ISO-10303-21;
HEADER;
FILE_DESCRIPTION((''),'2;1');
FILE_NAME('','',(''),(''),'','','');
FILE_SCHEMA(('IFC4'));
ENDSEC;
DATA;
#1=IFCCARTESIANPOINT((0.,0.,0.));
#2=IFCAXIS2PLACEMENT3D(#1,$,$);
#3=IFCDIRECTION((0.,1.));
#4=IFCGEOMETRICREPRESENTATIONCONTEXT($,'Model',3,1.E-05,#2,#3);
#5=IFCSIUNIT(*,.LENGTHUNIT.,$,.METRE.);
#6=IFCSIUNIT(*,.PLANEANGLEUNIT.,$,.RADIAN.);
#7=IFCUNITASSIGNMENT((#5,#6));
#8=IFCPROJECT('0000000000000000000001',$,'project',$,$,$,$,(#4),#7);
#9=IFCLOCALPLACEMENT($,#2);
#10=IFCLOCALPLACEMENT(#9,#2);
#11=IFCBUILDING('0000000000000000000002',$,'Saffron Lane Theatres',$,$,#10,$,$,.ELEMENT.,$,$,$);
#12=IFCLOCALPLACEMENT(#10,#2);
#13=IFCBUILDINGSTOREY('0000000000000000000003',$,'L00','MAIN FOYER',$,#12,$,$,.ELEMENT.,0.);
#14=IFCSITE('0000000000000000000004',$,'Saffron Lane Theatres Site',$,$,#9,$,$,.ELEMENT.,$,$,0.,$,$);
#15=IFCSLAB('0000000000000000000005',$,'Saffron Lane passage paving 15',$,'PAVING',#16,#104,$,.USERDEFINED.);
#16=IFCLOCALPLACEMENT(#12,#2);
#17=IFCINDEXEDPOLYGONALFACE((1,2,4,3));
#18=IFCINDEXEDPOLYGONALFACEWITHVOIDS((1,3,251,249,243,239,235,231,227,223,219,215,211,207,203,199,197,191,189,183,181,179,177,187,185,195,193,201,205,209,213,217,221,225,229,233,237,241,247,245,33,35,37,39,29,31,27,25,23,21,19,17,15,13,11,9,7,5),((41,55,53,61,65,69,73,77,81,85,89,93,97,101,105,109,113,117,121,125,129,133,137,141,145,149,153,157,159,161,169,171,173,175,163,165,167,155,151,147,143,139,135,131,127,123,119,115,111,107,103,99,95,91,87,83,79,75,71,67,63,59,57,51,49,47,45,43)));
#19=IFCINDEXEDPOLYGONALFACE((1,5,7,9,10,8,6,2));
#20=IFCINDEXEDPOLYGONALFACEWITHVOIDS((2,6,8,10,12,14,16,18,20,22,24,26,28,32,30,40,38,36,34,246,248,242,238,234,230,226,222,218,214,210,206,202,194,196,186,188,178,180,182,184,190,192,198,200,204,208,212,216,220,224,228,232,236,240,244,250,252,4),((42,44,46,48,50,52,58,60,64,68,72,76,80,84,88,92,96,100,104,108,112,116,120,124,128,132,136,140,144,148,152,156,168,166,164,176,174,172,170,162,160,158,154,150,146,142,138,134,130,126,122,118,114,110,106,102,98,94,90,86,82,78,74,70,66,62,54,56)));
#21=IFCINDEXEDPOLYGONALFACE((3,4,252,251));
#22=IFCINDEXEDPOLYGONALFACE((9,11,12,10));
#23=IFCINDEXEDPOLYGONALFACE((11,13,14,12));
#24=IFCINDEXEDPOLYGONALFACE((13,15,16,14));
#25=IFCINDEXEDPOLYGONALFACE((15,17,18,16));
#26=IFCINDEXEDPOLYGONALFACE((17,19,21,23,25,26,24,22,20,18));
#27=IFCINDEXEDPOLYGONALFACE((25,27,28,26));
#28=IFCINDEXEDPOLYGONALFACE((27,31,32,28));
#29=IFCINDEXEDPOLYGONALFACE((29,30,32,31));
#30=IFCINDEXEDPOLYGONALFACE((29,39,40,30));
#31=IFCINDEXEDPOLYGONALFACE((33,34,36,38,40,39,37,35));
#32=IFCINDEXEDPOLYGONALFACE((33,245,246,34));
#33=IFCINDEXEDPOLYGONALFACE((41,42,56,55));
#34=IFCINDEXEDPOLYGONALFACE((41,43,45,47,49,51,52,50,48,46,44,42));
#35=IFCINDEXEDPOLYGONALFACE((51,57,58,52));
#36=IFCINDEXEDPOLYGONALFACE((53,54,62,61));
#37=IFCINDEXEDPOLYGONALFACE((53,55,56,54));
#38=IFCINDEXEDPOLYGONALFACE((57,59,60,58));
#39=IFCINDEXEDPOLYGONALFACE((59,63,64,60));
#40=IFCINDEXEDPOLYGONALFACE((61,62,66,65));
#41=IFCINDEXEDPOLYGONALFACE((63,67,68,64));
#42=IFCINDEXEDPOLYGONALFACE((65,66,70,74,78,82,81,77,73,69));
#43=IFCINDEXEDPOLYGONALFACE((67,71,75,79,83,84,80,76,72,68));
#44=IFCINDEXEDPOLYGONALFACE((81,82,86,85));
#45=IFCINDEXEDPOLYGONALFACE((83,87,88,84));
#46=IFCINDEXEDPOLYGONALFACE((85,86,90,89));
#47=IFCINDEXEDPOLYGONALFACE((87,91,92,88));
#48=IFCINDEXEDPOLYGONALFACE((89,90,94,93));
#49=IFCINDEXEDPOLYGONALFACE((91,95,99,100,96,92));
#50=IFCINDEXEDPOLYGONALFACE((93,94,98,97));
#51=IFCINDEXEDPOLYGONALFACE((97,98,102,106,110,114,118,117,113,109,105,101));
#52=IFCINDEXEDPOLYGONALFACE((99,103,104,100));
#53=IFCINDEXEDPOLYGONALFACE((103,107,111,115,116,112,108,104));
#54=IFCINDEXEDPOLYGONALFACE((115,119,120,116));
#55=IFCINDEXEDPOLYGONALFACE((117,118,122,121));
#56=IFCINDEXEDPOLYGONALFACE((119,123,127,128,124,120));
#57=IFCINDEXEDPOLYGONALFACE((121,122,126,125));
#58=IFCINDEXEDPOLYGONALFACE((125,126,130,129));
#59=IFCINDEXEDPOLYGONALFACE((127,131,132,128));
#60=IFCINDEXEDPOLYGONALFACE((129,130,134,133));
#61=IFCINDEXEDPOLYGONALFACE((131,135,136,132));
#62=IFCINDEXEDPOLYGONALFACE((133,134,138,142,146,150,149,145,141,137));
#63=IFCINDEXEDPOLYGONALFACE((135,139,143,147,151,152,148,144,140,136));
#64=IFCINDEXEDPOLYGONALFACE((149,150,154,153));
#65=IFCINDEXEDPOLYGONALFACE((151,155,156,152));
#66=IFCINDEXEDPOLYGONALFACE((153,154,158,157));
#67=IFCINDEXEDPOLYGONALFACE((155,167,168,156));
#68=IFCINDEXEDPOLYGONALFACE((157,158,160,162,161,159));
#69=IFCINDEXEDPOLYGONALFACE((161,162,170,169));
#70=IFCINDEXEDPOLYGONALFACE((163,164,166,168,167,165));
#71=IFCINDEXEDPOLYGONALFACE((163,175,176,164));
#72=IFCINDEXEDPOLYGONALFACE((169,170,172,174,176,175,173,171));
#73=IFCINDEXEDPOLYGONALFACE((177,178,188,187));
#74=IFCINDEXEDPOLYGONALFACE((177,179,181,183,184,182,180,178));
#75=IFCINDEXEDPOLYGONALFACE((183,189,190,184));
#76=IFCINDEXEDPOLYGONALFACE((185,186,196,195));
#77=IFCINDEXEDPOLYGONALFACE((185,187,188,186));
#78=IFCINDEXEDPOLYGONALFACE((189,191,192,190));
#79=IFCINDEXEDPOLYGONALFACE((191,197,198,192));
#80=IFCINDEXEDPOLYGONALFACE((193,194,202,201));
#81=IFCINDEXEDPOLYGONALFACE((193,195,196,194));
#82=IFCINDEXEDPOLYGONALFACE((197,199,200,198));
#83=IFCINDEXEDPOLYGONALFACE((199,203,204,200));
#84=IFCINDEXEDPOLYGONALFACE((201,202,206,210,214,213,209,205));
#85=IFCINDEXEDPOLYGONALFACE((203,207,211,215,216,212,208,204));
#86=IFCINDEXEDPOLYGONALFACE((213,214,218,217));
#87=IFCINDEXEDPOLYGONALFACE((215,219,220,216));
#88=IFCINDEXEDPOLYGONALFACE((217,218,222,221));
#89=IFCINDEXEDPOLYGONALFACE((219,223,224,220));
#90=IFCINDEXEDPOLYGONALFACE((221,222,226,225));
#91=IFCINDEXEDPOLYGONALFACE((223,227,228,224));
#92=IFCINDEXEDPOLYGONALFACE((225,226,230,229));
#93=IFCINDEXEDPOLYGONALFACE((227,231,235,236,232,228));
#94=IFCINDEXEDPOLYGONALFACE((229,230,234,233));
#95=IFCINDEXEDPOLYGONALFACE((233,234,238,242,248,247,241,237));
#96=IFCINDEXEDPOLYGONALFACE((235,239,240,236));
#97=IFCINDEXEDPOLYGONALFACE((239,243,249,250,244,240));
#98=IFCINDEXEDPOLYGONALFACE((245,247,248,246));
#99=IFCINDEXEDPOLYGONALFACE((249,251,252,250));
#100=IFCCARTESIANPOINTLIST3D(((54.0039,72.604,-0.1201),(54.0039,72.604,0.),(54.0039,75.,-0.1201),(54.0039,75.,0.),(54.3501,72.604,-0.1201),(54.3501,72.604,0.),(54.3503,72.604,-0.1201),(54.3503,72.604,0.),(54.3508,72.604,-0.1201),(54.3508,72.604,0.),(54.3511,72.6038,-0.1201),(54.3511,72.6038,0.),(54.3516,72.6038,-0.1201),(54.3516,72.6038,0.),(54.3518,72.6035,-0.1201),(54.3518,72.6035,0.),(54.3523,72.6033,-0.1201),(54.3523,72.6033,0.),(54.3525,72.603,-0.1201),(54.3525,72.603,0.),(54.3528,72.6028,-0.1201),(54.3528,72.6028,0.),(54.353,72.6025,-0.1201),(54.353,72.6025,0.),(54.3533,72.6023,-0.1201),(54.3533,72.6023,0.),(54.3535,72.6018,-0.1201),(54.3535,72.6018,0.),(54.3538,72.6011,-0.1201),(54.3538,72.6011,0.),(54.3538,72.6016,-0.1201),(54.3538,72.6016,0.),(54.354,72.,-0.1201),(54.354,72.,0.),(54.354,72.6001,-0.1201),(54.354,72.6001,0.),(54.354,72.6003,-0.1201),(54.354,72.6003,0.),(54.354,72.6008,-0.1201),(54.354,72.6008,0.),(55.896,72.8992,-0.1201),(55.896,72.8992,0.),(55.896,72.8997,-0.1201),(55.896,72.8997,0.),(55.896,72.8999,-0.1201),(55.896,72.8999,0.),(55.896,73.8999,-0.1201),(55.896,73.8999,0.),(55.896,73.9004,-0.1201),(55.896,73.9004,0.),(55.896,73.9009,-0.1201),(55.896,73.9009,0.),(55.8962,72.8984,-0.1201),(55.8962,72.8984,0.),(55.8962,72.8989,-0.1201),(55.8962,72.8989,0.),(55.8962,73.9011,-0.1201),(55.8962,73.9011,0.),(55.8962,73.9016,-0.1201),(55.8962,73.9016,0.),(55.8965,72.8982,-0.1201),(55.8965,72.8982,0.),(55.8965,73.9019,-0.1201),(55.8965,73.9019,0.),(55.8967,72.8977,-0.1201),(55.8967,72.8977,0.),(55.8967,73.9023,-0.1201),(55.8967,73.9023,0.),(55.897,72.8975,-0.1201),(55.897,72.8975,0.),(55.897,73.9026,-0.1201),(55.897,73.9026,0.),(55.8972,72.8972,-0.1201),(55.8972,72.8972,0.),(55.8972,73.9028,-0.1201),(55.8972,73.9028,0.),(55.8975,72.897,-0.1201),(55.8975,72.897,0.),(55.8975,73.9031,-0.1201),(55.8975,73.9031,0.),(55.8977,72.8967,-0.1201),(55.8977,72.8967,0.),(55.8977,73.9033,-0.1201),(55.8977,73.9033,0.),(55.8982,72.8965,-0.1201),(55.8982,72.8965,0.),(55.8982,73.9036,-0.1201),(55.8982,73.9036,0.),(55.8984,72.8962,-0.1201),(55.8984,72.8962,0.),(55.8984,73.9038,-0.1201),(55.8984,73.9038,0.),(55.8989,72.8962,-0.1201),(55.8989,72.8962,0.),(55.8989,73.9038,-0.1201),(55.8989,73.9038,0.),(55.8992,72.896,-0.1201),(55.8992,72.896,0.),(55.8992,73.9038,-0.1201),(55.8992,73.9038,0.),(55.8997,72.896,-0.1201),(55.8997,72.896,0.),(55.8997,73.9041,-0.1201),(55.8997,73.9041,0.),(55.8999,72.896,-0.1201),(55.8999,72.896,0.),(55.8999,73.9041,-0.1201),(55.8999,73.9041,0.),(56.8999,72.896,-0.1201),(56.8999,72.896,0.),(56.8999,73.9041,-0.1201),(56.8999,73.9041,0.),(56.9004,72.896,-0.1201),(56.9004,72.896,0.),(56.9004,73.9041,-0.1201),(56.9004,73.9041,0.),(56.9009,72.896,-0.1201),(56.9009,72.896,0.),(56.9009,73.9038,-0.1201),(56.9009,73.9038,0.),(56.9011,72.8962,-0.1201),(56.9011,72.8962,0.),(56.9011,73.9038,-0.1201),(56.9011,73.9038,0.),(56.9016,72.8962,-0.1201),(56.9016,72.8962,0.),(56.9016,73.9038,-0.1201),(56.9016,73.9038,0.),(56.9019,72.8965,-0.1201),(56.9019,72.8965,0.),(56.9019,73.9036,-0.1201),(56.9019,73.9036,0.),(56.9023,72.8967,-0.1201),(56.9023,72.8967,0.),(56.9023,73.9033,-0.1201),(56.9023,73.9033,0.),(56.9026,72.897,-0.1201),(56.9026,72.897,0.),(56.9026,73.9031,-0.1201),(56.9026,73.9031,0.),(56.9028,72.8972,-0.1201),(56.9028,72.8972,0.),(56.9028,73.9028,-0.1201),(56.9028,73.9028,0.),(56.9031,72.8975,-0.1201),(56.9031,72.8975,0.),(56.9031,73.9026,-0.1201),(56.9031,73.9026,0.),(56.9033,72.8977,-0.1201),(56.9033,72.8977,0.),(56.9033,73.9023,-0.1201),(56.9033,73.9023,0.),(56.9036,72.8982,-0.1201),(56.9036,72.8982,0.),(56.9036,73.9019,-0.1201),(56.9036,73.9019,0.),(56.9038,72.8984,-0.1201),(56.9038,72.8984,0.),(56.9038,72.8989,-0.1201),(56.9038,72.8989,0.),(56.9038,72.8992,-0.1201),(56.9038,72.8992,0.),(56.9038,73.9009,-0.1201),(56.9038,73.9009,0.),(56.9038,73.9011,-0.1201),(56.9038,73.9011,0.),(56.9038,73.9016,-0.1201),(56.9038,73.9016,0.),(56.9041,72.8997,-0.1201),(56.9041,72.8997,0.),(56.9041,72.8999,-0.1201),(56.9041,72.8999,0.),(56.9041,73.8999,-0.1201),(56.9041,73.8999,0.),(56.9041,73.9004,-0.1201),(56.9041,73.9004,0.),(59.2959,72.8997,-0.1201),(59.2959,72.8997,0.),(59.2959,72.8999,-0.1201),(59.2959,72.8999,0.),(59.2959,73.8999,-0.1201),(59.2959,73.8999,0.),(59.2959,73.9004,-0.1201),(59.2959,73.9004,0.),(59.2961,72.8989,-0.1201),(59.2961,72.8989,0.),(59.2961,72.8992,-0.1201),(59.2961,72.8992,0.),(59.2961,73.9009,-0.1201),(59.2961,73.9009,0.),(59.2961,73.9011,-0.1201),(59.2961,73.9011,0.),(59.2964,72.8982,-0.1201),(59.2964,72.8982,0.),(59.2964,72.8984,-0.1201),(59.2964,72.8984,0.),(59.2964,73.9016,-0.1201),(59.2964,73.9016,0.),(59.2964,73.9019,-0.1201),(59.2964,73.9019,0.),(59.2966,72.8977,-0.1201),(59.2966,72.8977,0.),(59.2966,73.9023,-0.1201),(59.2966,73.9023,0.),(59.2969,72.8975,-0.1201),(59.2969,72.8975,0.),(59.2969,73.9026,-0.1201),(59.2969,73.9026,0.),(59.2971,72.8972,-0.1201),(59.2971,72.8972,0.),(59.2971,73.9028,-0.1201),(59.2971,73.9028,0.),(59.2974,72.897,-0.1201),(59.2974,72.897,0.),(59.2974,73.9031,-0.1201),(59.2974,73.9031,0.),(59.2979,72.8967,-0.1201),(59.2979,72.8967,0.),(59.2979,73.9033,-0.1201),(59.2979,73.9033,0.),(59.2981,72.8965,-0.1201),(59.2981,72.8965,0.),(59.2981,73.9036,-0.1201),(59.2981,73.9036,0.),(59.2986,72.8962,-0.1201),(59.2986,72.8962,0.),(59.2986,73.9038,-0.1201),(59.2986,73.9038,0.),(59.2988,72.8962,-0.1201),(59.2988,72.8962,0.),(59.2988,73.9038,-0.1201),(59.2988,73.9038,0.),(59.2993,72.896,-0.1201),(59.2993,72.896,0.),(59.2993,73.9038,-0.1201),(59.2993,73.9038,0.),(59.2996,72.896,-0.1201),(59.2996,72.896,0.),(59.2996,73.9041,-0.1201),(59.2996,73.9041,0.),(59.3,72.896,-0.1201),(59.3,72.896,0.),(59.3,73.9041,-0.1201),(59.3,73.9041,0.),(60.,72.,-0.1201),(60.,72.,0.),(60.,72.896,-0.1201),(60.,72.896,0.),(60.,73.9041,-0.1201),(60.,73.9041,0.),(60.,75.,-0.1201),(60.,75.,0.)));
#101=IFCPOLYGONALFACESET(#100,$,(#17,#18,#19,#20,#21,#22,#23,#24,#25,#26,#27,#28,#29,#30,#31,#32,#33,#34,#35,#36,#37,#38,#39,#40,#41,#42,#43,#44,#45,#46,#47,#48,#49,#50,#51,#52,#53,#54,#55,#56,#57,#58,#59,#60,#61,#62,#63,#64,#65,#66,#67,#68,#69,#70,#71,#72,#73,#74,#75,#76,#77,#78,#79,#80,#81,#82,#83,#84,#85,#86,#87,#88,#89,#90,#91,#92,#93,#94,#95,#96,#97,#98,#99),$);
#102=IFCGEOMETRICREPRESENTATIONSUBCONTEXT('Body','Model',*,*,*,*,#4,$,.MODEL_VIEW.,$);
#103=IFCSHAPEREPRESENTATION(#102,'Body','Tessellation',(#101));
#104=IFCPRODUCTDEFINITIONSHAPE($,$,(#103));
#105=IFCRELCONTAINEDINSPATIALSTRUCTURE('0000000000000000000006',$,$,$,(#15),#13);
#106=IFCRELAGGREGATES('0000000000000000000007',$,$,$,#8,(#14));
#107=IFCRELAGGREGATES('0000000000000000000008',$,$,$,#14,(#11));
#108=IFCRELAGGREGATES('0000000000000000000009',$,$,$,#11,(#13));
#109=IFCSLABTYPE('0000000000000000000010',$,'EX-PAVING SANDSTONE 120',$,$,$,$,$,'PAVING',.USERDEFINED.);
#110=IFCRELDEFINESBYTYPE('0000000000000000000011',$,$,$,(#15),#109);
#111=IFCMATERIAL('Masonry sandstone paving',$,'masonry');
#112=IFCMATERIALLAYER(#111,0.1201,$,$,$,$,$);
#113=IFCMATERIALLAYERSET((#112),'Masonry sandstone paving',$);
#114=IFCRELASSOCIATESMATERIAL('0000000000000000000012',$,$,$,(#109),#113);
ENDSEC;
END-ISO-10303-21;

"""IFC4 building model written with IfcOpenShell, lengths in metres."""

from ifc_helpers import new_model, si_unit, direction, frame, origin, place, context, subcontext, project, spatial, polyline, outline, extrude, material, layer, layer_set, type_object, element, save


model = new_model("IFC4")

# Units and contexts
model_context = context("Model", 3, precision=1e-05, world=origin(), true_north=direction((0.0, 1.0)))
body_context = subcontext(model_context, "Body", "Model", "MODEL_VIEW")
ifc_project = project(units=[si_unit("LENGTHUNIT", "METRE"), si_unit("PLANEANGLEUNIT", "RADIAN")], contexts=[model_context])

# Site, building, storey
site_placement = place(None, origin())
site = spatial("IfcSite", under=ifc_project, at=site_placement, Name="Saffron Lane Theatres Site", CompositionType="ELEMENT", RefElevation=0.0)
building_placement = place(site_placement, origin())
building = spatial("IfcBuilding", under=site, at=building_placement, Name="Saffron Lane Theatres", CompositionType="ELEMENT")
storey_placement = place(building_placement, origin())
storey = spatial("IfcBuildingStorey", under=building, at=storey_placement, Name="L00", Description="MAIN FOYER", CompositionType="ELEMENT", Elevation=0.0)

# Slab
ifc_material_1 = material(Name="Masonry sandstone paving", Category="masonry")
ifc_layer_1 = layer(ifc_material_1, 0.1201)
ifc_layer_set_1 = layer_set([ifc_layer_1], Name="Masonry sandstone paving")
slab_type_1 = type_object("IfcSlabType", Name="EX-PAVING SANDSTONE 120", ElementType="PAVING", PredefinedType="USERDEFINED", material=ifc_layer_set_1)
slab_1_placement = place(storey_placement, frame((0.0, 0.0, -0.1201)))
element("IfcSlab", 1, at=slab_1_placement, inside=storey, type_object=slab_type_1, Name="Saffron Lane passage paving 15", ObjectType="PAVING", PredefinedType="USERDEFINED", context=body_context, shape_type="SweptSolid", body=[
    extrude(outline(polyline([(60.0, 73.9041), (60.0, 75.0), (54.0039, 75.0), (54.0039, 72.604), (54.3501, 72.604), (54.3503, 72.604), (54.3508, 72.604), (54.3511, 72.6038), (54.3516, 72.6038), (54.3518, 72.6035), (54.3523, 72.6033), (54.3525, 72.603), (54.3528, 72.6028), (54.353, 72.6025), (54.3533, 72.6023), (54.3535, 72.6018), (54.3538, 72.6016), (54.3538, 72.6011), (54.354, 72.6008), (54.354, 72.6003), (54.354, 72.6001), (54.354, 72.0), (60.0, 72.0), (60.0, 72.896), (59.3, 72.896), (59.2996, 72.896), (59.2993, 72.896), (59.2988, 72.8962), (59.2986, 72.8962), (59.2981, 72.8965), (59.2979, 72.8967), (59.2974, 72.897), (59.2971, 72.8972), (59.2969, 72.8975), (59.2966, 72.8977), (59.2964, 72.8982), (59.2964, 72.8984), (59.2961, 72.8989), (59.2961, 72.8992), (59.2959, 72.8997), (59.2959, 72.8999), (59.2959, 73.8999), (59.2959, 73.9004), (59.2961, 73.9009), (59.2961, 73.9011), (59.2964, 73.9016), (59.2964, 73.9019), (59.2966, 73.9023), (59.2969, 73.9026), (59.2971, 73.9028), (59.2974, 73.9031), (59.2979, 73.9033), (59.2981, 73.9036), (59.2986, 73.9038), (59.2988, 73.9038), (59.2993, 73.9038), (59.2996, 73.9041), (59.3, 73.9041), (60.0, 73.9041)]), holes=[polyline([(55.896, 73.9009), (55.8962, 73.9011), (55.8962, 73.9016), (55.8965, 73.9019), (55.8967, 73.9023), (55.897, 73.9026), (55.8972, 73.9028), (55.8975, 73.9031), (55.8977, 73.9033), (55.8982, 73.9036), (55.8984, 73.9038), (55.8989, 73.9038), (55.8992, 73.9038), (55.8997, 73.9041), (55.8999, 73.9041), (56.8999, 73.9041), (56.9004, 73.9041), (56.9009, 73.9038), (56.9011, 73.9038), (56.9016, 73.9038), (56.9019, 73.9036), (56.9023, 73.9033), (56.9026, 73.9031), (56.9028, 73.9028), (56.9031, 73.9026), (56.9033, 73.9023), (56.9036, 73.9019), (56.9038, 73.9016), (56.9038, 73.9011), (56.9038, 73.9009), (56.9041, 73.9004), (56.9041, 73.8999), (56.9041, 72.8999), (56.9041, 72.8997), (56.9038, 72.8992), (56.9038, 72.8989), (56.9038, 72.8984), (56.9036, 72.8982), (56.9033, 72.8977), (56.9031, 72.8975), (56.9028, 72.8972), (56.9026, 72.897), (56.9023, 72.8967), (56.9019, 72.8965), (56.9016, 72.8962), (56.9011, 72.8962), (56.9009, 72.896), (56.9004, 72.896), (56.8999, 72.896), (55.8999, 72.896), (55.8997, 72.896), (55.8992, 72.896), (55.8989, 72.8962), (55.8984, 72.8962), (55.8982, 72.8965), (55.8977, 72.8967), (55.8975, 72.897), (55.8972, 72.8972), (55.897, 72.8975), (55.8967, 72.8977), (55.8965, 72.8982), (55.8962, 72.8984), (55.8962, 72.8989), (55.896, 72.8992), (55.896, 72.8997), (55.896, 72.8999), (55.896, 73.8999), (55.896, 73.9004), (55.896, 73.9009)])]), origin(), (0.0, 0.0, 1.0), 0.1201),
])

save(model, "model.ifc")
